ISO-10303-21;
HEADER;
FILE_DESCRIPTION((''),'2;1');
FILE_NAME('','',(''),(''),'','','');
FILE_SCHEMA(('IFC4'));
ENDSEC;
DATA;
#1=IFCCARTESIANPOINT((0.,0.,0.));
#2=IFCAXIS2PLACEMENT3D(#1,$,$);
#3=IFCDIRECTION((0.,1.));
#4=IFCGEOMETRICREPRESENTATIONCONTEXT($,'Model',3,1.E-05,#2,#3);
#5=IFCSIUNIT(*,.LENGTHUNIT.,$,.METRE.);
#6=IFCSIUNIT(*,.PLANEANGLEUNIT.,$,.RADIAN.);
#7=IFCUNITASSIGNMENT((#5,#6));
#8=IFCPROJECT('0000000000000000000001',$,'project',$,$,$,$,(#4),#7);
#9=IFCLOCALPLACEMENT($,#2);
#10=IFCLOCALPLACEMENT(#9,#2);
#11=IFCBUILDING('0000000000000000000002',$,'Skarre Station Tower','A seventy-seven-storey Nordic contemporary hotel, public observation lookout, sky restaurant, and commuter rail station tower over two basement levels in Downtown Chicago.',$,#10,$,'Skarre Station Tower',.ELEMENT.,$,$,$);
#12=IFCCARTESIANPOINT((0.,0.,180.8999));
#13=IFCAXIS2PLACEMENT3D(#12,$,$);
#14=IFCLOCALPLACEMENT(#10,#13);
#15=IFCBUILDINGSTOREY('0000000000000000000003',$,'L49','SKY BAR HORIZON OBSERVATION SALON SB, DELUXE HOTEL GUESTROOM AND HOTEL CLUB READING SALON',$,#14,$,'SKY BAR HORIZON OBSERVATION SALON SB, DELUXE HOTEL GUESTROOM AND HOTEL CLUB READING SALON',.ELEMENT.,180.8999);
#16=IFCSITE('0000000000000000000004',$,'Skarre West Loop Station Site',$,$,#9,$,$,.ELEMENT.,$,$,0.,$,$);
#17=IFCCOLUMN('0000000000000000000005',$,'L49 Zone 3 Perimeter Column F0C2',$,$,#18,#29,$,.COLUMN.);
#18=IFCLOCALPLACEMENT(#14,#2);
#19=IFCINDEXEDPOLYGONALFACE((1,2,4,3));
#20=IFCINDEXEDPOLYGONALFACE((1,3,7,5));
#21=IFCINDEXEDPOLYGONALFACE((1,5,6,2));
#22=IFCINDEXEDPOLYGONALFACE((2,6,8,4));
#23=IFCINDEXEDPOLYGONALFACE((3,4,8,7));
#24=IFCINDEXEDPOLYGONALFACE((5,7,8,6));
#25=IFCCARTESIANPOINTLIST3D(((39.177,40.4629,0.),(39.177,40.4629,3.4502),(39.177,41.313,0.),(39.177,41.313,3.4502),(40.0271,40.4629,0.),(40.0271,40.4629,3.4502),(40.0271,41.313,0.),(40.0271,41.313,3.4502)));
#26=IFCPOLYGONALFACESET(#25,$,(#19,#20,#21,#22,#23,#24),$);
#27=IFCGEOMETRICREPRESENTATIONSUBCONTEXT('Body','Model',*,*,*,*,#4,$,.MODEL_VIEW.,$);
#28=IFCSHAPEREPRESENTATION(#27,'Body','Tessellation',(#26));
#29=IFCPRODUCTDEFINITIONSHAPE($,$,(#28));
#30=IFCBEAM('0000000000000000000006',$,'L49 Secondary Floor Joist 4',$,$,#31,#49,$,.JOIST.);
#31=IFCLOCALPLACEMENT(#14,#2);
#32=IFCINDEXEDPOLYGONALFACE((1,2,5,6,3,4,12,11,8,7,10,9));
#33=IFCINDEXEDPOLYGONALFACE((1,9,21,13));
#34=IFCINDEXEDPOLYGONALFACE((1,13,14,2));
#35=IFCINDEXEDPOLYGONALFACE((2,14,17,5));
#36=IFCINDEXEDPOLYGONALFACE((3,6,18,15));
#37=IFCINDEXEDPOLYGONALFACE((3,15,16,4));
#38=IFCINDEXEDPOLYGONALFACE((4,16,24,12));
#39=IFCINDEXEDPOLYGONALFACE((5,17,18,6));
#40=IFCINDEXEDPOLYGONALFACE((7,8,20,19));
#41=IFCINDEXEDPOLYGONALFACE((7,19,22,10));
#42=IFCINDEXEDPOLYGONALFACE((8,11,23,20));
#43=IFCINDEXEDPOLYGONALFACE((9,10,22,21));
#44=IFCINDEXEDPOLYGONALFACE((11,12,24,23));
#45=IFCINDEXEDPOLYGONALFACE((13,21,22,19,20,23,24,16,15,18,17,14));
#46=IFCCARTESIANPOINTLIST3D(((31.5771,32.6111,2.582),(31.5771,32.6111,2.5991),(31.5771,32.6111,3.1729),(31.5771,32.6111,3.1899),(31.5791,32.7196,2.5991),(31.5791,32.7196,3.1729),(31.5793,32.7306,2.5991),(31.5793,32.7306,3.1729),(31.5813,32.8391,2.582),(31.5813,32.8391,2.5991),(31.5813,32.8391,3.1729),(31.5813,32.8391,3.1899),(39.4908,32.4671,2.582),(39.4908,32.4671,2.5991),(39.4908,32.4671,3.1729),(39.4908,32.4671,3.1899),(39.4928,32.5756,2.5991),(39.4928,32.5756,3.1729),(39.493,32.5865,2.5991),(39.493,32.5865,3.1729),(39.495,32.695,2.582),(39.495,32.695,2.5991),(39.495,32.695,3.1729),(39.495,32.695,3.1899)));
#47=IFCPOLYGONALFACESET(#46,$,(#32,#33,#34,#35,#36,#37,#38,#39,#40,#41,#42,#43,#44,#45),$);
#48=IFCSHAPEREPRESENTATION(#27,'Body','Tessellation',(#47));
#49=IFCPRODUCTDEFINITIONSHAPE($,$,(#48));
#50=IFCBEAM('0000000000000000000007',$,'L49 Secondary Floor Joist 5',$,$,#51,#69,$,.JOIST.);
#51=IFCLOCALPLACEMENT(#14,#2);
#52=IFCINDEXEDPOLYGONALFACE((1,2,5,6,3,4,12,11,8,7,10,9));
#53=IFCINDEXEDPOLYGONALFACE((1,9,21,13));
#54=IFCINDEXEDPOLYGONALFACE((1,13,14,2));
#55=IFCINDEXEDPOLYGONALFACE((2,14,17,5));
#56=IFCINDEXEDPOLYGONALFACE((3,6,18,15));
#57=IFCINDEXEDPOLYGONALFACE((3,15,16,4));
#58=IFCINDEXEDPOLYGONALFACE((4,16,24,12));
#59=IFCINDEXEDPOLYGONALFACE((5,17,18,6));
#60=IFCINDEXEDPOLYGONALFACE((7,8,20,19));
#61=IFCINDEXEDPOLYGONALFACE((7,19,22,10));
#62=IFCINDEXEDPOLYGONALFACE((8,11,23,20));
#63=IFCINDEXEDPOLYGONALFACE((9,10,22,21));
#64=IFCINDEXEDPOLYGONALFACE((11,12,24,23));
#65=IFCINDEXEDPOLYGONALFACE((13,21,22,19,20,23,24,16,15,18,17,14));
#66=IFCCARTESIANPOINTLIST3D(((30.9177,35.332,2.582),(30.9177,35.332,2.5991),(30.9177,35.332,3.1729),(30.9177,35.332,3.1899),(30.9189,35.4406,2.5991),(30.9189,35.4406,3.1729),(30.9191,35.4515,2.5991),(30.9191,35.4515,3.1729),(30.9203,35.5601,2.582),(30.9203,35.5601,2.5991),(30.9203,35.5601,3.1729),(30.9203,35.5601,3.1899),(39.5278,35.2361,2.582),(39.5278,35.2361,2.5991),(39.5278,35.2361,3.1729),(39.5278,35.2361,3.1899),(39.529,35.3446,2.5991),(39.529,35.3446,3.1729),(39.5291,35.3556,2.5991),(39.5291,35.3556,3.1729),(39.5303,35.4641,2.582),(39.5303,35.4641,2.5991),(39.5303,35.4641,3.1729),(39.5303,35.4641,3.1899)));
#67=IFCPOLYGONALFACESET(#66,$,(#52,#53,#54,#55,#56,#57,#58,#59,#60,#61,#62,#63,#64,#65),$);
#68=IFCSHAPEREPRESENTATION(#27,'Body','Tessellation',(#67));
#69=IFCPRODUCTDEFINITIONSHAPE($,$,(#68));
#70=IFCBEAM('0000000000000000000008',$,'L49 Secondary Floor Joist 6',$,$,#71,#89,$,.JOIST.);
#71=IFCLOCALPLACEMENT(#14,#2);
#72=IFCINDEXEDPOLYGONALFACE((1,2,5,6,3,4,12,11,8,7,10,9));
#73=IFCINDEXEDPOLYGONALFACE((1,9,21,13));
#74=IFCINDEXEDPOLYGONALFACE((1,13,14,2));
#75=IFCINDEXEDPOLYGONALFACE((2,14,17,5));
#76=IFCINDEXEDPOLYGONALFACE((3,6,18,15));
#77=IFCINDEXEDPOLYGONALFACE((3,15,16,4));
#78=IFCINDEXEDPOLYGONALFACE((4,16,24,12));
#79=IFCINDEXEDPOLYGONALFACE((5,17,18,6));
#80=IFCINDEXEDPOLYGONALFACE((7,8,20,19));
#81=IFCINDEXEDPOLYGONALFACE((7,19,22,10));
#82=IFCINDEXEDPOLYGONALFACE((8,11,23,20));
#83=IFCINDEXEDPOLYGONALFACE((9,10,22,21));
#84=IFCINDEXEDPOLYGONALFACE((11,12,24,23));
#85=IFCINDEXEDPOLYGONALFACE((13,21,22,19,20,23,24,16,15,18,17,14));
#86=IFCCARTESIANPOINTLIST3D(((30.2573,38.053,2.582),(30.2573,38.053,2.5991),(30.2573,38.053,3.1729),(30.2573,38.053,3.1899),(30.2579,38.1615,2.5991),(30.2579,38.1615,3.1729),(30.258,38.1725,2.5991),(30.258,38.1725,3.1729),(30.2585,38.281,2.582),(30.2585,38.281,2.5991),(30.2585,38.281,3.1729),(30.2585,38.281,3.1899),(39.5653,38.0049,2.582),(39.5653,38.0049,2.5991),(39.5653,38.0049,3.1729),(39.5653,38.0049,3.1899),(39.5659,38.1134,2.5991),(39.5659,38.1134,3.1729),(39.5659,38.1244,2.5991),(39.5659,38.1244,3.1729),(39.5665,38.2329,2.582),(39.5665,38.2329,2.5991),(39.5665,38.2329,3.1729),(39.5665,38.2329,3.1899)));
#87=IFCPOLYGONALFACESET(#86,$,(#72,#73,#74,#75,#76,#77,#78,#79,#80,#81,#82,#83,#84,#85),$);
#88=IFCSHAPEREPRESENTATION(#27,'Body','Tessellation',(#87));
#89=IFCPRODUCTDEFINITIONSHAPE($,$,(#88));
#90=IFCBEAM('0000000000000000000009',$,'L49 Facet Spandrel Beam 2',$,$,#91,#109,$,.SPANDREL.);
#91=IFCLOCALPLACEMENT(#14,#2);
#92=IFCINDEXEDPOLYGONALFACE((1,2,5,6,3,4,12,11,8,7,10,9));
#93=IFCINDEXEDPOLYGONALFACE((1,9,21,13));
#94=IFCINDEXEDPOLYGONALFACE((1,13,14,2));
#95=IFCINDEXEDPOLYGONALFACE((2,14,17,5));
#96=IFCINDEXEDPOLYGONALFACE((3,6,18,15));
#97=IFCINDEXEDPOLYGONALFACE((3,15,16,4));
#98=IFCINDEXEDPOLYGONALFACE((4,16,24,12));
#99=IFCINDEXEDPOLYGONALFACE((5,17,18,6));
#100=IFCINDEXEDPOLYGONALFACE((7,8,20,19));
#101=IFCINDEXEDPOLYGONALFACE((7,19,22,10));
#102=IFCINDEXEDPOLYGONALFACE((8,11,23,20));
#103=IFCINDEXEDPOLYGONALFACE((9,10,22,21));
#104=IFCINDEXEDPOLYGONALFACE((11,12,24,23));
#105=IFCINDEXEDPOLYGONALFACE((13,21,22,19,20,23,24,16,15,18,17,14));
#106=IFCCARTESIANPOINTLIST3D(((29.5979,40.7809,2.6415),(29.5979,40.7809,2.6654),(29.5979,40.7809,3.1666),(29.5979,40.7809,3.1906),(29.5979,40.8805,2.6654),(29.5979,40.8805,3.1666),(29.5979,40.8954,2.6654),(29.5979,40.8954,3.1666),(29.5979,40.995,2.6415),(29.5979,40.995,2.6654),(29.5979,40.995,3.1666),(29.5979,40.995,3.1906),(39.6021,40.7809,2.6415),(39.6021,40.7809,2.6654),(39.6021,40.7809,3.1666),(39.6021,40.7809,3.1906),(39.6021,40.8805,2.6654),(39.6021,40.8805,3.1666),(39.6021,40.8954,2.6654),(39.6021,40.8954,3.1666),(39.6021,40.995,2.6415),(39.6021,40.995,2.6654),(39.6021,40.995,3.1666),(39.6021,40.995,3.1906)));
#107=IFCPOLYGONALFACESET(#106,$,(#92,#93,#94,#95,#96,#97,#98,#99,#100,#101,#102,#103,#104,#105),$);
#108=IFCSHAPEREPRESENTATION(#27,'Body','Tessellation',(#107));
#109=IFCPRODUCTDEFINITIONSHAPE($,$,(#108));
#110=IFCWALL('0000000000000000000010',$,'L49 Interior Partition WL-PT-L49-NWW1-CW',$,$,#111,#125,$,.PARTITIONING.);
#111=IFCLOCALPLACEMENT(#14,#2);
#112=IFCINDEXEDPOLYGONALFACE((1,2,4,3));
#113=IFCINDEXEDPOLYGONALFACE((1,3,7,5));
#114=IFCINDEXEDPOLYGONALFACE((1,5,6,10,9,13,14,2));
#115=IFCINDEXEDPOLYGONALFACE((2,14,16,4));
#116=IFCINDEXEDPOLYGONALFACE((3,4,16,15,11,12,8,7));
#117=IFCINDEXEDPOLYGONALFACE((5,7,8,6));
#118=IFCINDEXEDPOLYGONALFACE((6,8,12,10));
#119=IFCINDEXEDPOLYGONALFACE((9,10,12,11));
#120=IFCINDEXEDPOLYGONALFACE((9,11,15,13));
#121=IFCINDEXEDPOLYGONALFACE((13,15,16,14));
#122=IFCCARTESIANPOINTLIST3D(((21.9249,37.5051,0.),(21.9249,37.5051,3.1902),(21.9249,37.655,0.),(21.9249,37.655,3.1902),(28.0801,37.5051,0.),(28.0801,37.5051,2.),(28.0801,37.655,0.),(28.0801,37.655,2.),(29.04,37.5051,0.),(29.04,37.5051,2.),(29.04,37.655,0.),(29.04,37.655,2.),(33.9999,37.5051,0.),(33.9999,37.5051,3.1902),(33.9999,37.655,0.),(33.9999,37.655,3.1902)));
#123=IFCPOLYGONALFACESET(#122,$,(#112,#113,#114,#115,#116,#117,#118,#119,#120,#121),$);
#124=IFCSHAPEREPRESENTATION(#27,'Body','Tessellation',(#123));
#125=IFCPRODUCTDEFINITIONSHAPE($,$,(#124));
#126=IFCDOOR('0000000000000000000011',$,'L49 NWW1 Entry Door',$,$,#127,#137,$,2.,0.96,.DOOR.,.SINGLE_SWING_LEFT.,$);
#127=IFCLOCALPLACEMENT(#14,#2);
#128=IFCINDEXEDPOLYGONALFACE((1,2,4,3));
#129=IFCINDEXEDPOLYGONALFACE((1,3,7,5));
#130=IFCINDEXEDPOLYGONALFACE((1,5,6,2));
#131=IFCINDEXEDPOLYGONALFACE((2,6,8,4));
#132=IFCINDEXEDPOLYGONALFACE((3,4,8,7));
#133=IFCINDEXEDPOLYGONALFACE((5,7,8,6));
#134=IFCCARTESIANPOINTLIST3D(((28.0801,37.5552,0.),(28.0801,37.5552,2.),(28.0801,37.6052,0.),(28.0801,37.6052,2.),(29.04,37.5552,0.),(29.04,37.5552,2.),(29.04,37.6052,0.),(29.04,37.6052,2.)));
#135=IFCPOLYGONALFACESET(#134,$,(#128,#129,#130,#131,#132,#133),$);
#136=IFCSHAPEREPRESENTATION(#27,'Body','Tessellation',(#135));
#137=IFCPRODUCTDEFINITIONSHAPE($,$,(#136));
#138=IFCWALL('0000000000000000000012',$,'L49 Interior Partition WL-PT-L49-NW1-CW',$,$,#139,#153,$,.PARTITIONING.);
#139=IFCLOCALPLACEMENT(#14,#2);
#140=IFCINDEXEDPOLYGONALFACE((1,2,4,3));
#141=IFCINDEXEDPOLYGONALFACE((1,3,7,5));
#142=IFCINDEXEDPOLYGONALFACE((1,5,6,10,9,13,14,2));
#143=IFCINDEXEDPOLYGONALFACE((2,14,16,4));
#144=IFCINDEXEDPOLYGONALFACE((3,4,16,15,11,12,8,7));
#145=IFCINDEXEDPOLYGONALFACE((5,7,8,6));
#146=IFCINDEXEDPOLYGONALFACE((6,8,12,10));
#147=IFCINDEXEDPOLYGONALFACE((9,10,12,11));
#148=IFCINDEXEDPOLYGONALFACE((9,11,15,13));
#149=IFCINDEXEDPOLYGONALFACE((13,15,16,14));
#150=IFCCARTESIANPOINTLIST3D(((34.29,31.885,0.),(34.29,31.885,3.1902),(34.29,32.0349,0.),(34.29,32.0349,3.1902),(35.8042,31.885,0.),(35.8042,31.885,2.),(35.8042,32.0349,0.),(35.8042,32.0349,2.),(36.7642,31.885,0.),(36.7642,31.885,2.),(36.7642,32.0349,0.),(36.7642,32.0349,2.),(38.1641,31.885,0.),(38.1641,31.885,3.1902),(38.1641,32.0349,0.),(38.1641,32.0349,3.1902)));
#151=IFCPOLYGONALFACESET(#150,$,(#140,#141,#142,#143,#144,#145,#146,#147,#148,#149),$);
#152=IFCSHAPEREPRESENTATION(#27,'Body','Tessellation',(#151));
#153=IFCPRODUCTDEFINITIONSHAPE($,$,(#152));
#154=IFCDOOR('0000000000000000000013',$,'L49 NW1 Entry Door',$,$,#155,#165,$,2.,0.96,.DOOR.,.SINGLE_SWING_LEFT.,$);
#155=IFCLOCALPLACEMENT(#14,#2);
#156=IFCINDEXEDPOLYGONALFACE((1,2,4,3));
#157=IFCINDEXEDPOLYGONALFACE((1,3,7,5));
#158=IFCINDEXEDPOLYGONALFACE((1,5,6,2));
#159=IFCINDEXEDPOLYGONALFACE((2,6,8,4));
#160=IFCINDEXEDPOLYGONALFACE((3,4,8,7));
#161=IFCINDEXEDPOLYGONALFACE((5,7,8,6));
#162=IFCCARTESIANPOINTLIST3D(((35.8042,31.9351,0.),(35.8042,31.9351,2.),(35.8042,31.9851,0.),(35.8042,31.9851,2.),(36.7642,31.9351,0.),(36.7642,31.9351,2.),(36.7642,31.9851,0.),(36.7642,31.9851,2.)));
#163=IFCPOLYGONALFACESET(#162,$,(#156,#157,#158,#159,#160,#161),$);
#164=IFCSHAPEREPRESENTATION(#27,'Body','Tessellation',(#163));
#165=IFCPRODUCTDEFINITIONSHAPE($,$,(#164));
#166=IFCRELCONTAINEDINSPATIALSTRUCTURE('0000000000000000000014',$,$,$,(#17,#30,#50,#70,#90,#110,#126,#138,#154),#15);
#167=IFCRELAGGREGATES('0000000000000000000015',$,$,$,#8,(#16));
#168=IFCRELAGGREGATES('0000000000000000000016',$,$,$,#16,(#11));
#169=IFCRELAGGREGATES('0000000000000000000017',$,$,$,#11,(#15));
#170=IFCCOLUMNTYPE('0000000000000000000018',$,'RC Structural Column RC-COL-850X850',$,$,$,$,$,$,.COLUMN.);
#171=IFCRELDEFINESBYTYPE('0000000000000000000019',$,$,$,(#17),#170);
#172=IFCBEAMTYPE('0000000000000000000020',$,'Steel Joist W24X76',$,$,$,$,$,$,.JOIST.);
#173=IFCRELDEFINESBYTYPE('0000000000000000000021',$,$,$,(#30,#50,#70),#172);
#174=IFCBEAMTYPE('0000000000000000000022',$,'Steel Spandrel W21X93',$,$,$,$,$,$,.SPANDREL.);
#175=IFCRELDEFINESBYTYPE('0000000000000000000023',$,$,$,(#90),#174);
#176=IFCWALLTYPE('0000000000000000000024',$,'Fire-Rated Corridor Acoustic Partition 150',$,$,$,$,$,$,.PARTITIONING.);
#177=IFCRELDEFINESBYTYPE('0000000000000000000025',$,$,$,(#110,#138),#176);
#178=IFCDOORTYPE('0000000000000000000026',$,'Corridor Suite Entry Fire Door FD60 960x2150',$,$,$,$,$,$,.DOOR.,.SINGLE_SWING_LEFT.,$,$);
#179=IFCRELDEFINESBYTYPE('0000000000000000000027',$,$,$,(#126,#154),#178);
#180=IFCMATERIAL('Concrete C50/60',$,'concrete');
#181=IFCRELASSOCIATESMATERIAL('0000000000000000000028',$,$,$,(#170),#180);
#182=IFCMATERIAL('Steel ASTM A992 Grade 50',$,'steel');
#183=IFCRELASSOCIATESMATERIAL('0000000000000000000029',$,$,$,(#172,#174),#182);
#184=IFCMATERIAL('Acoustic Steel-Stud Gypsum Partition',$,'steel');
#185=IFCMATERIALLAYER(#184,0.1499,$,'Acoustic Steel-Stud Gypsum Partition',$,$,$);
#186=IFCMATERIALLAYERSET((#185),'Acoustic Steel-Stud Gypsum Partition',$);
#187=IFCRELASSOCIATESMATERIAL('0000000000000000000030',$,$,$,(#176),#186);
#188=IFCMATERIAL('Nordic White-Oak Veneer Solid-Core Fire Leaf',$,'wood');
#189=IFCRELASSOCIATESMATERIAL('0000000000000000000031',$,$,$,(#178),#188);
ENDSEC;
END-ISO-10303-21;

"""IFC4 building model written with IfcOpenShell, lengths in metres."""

from ifc_helpers import new_model, si_unit, direction, frame, frame_2d, origin, origin_2d, place, context, subcontext, project, spatial, rectangle, i_section, extrude, material, layer, layer_set, material_profile, profile_set, type_object, element, fill, save


model = new_model("IFC4")

# Units and contexts
model_context = context("Model", 3, precision=1e-05, world=origin(), true_north=direction((0.0, 1.0)))
body_context = subcontext(model_context, "Body", "Model", "MODEL_VIEW")
ifc_project = project(units=[si_unit("LENGTHUNIT", "METRE"), si_unit("PLANEANGLEUNIT", "RADIAN")], contexts=[model_context])

# Site, building, storey
site_placement = place(None, origin())
site = spatial("IfcSite", under=ifc_project, at=site_placement, Name="Skarre West Loop Station Site", CompositionType="ELEMENT", RefElevation=0.0)
building_placement = place(site_placement, origin())
building = spatial("IfcBuilding", under=site, at=building_placement, Name="Skarre Station Tower", Description="A seventy-seven-storey Nordic contemporary hotel, public observation lookout, sky restaurant, and commuter rail station tower over two basement levels in Downtown Chicago.", LongName="Skarre Station Tower", CompositionType="ELEMENT")
storey_placement = place(building_placement, frame((0.0, 0.0, 180.8999)))
storey = spatial("IfcBuildingStorey", under=building, at=storey_placement, Name="L49", Description="SKY BAR HORIZON OBSERVATION SALON SB, DELUXE HOTEL GUESTROOM AND HOTEL CLUB READING SALON", LongName="SKY BAR HORIZON OBSERVATION SALON SB, DELUXE HOTEL GUESTROOM AND HOTEL CLUB READING SALON", CompositionType="ELEMENT", Elevation=180.8999)

# Column
ifc_material_1 = material(Name="Concrete C50/60", Category="concrete")
ifc_material_profile_1 = material_profile(ifc_material_1, rectangle(XDim=0.8501, YDim=0.8501, at=origin_2d()), Name="Concrete C50/60")
ifc_profile_set_1 = profile_set([ifc_material_profile_1], Name="Concrete C50/60")
column_type = type_object("IfcColumnType", Name="RC Structural Column RC-COL-850X850", PredefinedType="COLUMN", material=ifc_profile_set_1)
column_placement = place(storey_placement, frame((39.6021, 40.8879, 0.0), z_axis=(0.0, 0.0, 1.0), x_axis=(1.0, 0.0, 0.0)))
element("IfcColumn", 1, at=column_placement, inside=storey, type_object=column_type, Name="L49 Zone 3 Perimeter Column F0C2", PredefinedType="COLUMN", context=body_context, shape_type="SweptSolid", body=[
    extrude(rectangle(XDim=0.8501, YDim=0.8501, at=origin_2d()), origin(), (0.0, 0.0, 1.0), 3.4502),
])

# Beams
ifc_material_2 = material(Name="Steel ASTM A992 Grade 50", Category="steel")
ifc_material_profile_2 = material_profile(ifc_material_2, i_section(OverallWidth=0.228, OverallDepth=0.6079, WebThickness=0.011, FlangeThickness=0.0171, at=origin_2d()), Name="Steel ASTM A992 Grade 50")
ifc_profile_set_2 = profile_set([ifc_material_profile_2], Name="Steel ASTM A992 Grade 50")
beam_type_1 = type_object("IfcBeamType", Name="Steel Joist W24X76", PredefinedType="JOIST", material=ifc_profile_set_2)
beam_1_placement = place(storey_placement, frame((39.4929, 32.5811, 2.886), z_axis=(-0.999834, 0.018198, 0.0), x_axis=(-0.018198, -0.999834, 0.0)))
element("IfcBeam", 2, at=beam_1_placement, inside=storey, type_object=beam_type_1, Name="L49 Secondary Floor Joist 4", PredefinedType="JOIST", context=body_context, shape_type="SweptSolid", body=[
    extrude(i_section(OverallWidth=0.228, OverallDepth=0.6079, WebThickness=0.011, FlangeThickness=0.0171, at=origin_2d()), origin(), (0.0, 0.0, 1.0), 7.915),
])
beam_2_placement = place(storey_placement, frame((39.5291, 35.3501, 2.886), z_axis=(-0.999938, 0.011143, 0.0), x_axis=(-0.011143, -0.999938, 0.0)))
element("IfcBeam", 3, at=beam_2_placement, inside=storey, type_object=beam_type_1, Name="L49 Secondary Floor Joist 5", PredefinedType="JOIST", context=body_context, shape_type="SweptSolid", body=[
    extrude(i_section(OverallWidth=0.228, OverallDepth=0.6079, WebThickness=0.011, FlangeThickness=0.0171, at=origin_2d()), origin(), (0.0, 0.0, 1.0), 8.6106),
])
beam_3_placement = place(storey_placement, frame((39.5659, 38.1189, 2.886), z_axis=(-0.999987, 0.005167, 0.0), x_axis=(-0.005167, -0.999987, 0.0)))
element("IfcBeam", 4, at=beam_3_placement, inside=storey, type_object=beam_type_1, Name="L49 Secondary Floor Joist 6", PredefinedType="JOIST", context=body_context, shape_type="SweptSolid", body=[
    extrude(i_section(OverallWidth=0.228, OverallDepth=0.6079, WebThickness=0.011, FlangeThickness=0.0171, at=origin_2d()), origin(), (0.0, 0.0, 1.0), 9.3081),
])
ifc_material_profile_3 = material_profile(ifc_material_2, i_section(OverallWidth=0.2141, OverallDepth=0.5491, WebThickness=0.0149, FlangeThickness=0.0239, at=origin_2d()), Name="Steel ASTM A992 Grade 50")
ifc_profile_set_3 = profile_set([ifc_material_profile_3], Name="Steel ASTM A992 Grade 50")
beam_type_2 = type_object("IfcBeamType", Name="Steel Spandrel W21X93", PredefinedType="SPANDREL", material=ifc_profile_set_3)
beam_4_placement = place(storey_placement, frame((39.6021, 40.8879, 2.916), z_axis=(-1.0, 0.0, 0.0), x_axis=(0.0, -1.0, 0.0)))
element("IfcBeam", 5, at=beam_4_placement, inside=storey, type_object=beam_type_2, Name="L49 Facet Spandrel Beam 2", PredefinedType="SPANDREL", context=body_context, shape_type="SweptSolid", body=[
    extrude(i_section(OverallWidth=0.2141, OverallDepth=0.5491, WebThickness=0.0149, FlangeThickness=0.0239, at=origin_2d()), origin(), (0.0, 0.0, 1.0), 10.0042),
])

# Walls, openings, doors
ifc_material_3 = material(Name="Acoustic Steel-Stud Gypsum Partition", Category="steel")
ifc_layer_1 = layer(ifc_material_3, 0.1499, Name="Acoustic Steel-Stud Gypsum Partition")
ifc_layer_set_1 = layer_set([ifc_layer_1], Name="Acoustic Steel-Stud Gypsum Partition")
wall_type_1 = type_object("IfcWallType", Name="Fire-Rated Corridor Acoustic Partition 150", PredefinedType="PARTITIONING", material=ifc_layer_set_1)
wall_1_placement = place(storey_placement, frame((34.0, 37.5801, 0.0), z_axis=(0.0, 0.0, 1.0), x_axis=(-1.0, 0.0, 0.0)))
wall_1 = element("IfcWall", 6, at=wall_1_placement, inside=storey, type_object=wall_type_1, Name="L49 Interior Partition WL-PT-L49-NWW1-CW", PredefinedType="PARTITIONING", context=body_context, shape_type="SweptSolid", body=[
    extrude(rectangle(XDim=12.075, YDim=0.1499, at=frame_2d((6.0376, 0.0))), origin(), (0.0, 0.0, 1.0), 3.1902),
])
opening_1_placement = place(wall_1_placement, frame((4.96, 0.0, 0.0)))
opening_1 = element("IfcOpeningElement", 7, at=opening_1_placement, cuts=wall_1, PredefinedType="OPENING", context=body_context, shape_type="SweptSolid", body=[
    extrude(rectangle(XDim=0.96, YDim=2.0, at=frame_2d((0.48, 1.0))), frame((0.0, 0.085, 0.0), z_axis=(0.0, -1.0, 0.0), x_axis=(1.0, 0.0, 0.0)), (0.0, 0.0, 1.0), 0.1699),
])
ifc_material_4 = material(Name="Nordic White-Oak Veneer Solid-Core Fire Leaf", Category="wood")
door_type = type_object("IfcDoorType", Name="Corridor Suite Entry Fire Door FD60 960x2150", OperationType="SINGLE_SWING_LEFT", PredefinedType="DOOR", material=ifc_material_4)
door_1_placement = place(opening_1_placement, origin())
door_1 = element("IfcDoor", 8, at=door_1_placement, inside=storey, type_object=door_type, Name="L49 NWW1 Entry Door", OperationType="SINGLE_SWING_LEFT", OverallHeight=2.0, OverallWidth=0.96, PredefinedType="DOOR", context=body_context, shape_type="SweptSolid", body=[
    extrude(rectangle(XDim=0.96, YDim=2.0, at=frame_2d((0.48, 1.0))), frame((0.0, 0.0249, 0.0), z_axis=(0.0, -1.0, 0.0), x_axis=(1.0, 0.0, 0.0)), (0.0, 0.0, 1.0), 0.05),
])
fill(opening_1, door_1)
wall_2_placement = place(storey_placement, frame((38.1641, 31.96, 0.0), z_axis=(0.0, 0.0, 1.0), x_axis=(-1.0, 0.0, 0.0)))
wall_2 = element("IfcWall", 9, at=wall_2_placement, inside=storey, type_object=wall_type_1, Name="L49 Interior Partition WL-PT-L49-NW1-CW", PredefinedType="PARTITIONING", context=body_context, shape_type="SweptSolid", body=[
    extrude(rectangle(XDim=3.874, YDim=0.1499, at=frame_2d((1.937, 0.0))), origin(), (0.0, 0.0, 1.0), 3.1902),
])
opening_2_placement = place(wall_2_placement, frame((1.3999, 0.0, 0.0)))
opening_2 = element("IfcOpeningElement", 10, at=opening_2_placement, cuts=wall_2, PredefinedType="OPENING", context=body_context, shape_type="SweptSolid", body=[
    extrude(rectangle(XDim=0.96, YDim=2.0, at=frame_2d((0.48, 1.0))), frame((0.0, 0.085, 0.0), z_axis=(0.0, -1.0, 0.0), x_axis=(1.0, 0.0, 0.0)), (0.0, 0.0, 1.0), 0.1699),
])
door_2_placement = place(opening_2_placement, origin())
door_2 = element("IfcDoor", 11, at=door_2_placement, inside=storey, type_object=door_type, Name="L49 NW1 Entry Door", OperationType="SINGLE_SWING_LEFT", OverallHeight=2.0, OverallWidth=0.96, PredefinedType="DOOR", context=body_context, shape_type="SweptSolid", body=[
    extrude(rectangle(XDim=0.96, YDim=2.0, at=frame_2d((0.48, 1.0))), frame((0.0, 0.0249, 0.0), z_axis=(0.0, -1.0, 0.0), x_axis=(1.0, 0.0, 0.0)), (0.0, 0.0, 1.0), 0.05),
])
fill(opening_2, door_2)

save(model, "model.ifc")
